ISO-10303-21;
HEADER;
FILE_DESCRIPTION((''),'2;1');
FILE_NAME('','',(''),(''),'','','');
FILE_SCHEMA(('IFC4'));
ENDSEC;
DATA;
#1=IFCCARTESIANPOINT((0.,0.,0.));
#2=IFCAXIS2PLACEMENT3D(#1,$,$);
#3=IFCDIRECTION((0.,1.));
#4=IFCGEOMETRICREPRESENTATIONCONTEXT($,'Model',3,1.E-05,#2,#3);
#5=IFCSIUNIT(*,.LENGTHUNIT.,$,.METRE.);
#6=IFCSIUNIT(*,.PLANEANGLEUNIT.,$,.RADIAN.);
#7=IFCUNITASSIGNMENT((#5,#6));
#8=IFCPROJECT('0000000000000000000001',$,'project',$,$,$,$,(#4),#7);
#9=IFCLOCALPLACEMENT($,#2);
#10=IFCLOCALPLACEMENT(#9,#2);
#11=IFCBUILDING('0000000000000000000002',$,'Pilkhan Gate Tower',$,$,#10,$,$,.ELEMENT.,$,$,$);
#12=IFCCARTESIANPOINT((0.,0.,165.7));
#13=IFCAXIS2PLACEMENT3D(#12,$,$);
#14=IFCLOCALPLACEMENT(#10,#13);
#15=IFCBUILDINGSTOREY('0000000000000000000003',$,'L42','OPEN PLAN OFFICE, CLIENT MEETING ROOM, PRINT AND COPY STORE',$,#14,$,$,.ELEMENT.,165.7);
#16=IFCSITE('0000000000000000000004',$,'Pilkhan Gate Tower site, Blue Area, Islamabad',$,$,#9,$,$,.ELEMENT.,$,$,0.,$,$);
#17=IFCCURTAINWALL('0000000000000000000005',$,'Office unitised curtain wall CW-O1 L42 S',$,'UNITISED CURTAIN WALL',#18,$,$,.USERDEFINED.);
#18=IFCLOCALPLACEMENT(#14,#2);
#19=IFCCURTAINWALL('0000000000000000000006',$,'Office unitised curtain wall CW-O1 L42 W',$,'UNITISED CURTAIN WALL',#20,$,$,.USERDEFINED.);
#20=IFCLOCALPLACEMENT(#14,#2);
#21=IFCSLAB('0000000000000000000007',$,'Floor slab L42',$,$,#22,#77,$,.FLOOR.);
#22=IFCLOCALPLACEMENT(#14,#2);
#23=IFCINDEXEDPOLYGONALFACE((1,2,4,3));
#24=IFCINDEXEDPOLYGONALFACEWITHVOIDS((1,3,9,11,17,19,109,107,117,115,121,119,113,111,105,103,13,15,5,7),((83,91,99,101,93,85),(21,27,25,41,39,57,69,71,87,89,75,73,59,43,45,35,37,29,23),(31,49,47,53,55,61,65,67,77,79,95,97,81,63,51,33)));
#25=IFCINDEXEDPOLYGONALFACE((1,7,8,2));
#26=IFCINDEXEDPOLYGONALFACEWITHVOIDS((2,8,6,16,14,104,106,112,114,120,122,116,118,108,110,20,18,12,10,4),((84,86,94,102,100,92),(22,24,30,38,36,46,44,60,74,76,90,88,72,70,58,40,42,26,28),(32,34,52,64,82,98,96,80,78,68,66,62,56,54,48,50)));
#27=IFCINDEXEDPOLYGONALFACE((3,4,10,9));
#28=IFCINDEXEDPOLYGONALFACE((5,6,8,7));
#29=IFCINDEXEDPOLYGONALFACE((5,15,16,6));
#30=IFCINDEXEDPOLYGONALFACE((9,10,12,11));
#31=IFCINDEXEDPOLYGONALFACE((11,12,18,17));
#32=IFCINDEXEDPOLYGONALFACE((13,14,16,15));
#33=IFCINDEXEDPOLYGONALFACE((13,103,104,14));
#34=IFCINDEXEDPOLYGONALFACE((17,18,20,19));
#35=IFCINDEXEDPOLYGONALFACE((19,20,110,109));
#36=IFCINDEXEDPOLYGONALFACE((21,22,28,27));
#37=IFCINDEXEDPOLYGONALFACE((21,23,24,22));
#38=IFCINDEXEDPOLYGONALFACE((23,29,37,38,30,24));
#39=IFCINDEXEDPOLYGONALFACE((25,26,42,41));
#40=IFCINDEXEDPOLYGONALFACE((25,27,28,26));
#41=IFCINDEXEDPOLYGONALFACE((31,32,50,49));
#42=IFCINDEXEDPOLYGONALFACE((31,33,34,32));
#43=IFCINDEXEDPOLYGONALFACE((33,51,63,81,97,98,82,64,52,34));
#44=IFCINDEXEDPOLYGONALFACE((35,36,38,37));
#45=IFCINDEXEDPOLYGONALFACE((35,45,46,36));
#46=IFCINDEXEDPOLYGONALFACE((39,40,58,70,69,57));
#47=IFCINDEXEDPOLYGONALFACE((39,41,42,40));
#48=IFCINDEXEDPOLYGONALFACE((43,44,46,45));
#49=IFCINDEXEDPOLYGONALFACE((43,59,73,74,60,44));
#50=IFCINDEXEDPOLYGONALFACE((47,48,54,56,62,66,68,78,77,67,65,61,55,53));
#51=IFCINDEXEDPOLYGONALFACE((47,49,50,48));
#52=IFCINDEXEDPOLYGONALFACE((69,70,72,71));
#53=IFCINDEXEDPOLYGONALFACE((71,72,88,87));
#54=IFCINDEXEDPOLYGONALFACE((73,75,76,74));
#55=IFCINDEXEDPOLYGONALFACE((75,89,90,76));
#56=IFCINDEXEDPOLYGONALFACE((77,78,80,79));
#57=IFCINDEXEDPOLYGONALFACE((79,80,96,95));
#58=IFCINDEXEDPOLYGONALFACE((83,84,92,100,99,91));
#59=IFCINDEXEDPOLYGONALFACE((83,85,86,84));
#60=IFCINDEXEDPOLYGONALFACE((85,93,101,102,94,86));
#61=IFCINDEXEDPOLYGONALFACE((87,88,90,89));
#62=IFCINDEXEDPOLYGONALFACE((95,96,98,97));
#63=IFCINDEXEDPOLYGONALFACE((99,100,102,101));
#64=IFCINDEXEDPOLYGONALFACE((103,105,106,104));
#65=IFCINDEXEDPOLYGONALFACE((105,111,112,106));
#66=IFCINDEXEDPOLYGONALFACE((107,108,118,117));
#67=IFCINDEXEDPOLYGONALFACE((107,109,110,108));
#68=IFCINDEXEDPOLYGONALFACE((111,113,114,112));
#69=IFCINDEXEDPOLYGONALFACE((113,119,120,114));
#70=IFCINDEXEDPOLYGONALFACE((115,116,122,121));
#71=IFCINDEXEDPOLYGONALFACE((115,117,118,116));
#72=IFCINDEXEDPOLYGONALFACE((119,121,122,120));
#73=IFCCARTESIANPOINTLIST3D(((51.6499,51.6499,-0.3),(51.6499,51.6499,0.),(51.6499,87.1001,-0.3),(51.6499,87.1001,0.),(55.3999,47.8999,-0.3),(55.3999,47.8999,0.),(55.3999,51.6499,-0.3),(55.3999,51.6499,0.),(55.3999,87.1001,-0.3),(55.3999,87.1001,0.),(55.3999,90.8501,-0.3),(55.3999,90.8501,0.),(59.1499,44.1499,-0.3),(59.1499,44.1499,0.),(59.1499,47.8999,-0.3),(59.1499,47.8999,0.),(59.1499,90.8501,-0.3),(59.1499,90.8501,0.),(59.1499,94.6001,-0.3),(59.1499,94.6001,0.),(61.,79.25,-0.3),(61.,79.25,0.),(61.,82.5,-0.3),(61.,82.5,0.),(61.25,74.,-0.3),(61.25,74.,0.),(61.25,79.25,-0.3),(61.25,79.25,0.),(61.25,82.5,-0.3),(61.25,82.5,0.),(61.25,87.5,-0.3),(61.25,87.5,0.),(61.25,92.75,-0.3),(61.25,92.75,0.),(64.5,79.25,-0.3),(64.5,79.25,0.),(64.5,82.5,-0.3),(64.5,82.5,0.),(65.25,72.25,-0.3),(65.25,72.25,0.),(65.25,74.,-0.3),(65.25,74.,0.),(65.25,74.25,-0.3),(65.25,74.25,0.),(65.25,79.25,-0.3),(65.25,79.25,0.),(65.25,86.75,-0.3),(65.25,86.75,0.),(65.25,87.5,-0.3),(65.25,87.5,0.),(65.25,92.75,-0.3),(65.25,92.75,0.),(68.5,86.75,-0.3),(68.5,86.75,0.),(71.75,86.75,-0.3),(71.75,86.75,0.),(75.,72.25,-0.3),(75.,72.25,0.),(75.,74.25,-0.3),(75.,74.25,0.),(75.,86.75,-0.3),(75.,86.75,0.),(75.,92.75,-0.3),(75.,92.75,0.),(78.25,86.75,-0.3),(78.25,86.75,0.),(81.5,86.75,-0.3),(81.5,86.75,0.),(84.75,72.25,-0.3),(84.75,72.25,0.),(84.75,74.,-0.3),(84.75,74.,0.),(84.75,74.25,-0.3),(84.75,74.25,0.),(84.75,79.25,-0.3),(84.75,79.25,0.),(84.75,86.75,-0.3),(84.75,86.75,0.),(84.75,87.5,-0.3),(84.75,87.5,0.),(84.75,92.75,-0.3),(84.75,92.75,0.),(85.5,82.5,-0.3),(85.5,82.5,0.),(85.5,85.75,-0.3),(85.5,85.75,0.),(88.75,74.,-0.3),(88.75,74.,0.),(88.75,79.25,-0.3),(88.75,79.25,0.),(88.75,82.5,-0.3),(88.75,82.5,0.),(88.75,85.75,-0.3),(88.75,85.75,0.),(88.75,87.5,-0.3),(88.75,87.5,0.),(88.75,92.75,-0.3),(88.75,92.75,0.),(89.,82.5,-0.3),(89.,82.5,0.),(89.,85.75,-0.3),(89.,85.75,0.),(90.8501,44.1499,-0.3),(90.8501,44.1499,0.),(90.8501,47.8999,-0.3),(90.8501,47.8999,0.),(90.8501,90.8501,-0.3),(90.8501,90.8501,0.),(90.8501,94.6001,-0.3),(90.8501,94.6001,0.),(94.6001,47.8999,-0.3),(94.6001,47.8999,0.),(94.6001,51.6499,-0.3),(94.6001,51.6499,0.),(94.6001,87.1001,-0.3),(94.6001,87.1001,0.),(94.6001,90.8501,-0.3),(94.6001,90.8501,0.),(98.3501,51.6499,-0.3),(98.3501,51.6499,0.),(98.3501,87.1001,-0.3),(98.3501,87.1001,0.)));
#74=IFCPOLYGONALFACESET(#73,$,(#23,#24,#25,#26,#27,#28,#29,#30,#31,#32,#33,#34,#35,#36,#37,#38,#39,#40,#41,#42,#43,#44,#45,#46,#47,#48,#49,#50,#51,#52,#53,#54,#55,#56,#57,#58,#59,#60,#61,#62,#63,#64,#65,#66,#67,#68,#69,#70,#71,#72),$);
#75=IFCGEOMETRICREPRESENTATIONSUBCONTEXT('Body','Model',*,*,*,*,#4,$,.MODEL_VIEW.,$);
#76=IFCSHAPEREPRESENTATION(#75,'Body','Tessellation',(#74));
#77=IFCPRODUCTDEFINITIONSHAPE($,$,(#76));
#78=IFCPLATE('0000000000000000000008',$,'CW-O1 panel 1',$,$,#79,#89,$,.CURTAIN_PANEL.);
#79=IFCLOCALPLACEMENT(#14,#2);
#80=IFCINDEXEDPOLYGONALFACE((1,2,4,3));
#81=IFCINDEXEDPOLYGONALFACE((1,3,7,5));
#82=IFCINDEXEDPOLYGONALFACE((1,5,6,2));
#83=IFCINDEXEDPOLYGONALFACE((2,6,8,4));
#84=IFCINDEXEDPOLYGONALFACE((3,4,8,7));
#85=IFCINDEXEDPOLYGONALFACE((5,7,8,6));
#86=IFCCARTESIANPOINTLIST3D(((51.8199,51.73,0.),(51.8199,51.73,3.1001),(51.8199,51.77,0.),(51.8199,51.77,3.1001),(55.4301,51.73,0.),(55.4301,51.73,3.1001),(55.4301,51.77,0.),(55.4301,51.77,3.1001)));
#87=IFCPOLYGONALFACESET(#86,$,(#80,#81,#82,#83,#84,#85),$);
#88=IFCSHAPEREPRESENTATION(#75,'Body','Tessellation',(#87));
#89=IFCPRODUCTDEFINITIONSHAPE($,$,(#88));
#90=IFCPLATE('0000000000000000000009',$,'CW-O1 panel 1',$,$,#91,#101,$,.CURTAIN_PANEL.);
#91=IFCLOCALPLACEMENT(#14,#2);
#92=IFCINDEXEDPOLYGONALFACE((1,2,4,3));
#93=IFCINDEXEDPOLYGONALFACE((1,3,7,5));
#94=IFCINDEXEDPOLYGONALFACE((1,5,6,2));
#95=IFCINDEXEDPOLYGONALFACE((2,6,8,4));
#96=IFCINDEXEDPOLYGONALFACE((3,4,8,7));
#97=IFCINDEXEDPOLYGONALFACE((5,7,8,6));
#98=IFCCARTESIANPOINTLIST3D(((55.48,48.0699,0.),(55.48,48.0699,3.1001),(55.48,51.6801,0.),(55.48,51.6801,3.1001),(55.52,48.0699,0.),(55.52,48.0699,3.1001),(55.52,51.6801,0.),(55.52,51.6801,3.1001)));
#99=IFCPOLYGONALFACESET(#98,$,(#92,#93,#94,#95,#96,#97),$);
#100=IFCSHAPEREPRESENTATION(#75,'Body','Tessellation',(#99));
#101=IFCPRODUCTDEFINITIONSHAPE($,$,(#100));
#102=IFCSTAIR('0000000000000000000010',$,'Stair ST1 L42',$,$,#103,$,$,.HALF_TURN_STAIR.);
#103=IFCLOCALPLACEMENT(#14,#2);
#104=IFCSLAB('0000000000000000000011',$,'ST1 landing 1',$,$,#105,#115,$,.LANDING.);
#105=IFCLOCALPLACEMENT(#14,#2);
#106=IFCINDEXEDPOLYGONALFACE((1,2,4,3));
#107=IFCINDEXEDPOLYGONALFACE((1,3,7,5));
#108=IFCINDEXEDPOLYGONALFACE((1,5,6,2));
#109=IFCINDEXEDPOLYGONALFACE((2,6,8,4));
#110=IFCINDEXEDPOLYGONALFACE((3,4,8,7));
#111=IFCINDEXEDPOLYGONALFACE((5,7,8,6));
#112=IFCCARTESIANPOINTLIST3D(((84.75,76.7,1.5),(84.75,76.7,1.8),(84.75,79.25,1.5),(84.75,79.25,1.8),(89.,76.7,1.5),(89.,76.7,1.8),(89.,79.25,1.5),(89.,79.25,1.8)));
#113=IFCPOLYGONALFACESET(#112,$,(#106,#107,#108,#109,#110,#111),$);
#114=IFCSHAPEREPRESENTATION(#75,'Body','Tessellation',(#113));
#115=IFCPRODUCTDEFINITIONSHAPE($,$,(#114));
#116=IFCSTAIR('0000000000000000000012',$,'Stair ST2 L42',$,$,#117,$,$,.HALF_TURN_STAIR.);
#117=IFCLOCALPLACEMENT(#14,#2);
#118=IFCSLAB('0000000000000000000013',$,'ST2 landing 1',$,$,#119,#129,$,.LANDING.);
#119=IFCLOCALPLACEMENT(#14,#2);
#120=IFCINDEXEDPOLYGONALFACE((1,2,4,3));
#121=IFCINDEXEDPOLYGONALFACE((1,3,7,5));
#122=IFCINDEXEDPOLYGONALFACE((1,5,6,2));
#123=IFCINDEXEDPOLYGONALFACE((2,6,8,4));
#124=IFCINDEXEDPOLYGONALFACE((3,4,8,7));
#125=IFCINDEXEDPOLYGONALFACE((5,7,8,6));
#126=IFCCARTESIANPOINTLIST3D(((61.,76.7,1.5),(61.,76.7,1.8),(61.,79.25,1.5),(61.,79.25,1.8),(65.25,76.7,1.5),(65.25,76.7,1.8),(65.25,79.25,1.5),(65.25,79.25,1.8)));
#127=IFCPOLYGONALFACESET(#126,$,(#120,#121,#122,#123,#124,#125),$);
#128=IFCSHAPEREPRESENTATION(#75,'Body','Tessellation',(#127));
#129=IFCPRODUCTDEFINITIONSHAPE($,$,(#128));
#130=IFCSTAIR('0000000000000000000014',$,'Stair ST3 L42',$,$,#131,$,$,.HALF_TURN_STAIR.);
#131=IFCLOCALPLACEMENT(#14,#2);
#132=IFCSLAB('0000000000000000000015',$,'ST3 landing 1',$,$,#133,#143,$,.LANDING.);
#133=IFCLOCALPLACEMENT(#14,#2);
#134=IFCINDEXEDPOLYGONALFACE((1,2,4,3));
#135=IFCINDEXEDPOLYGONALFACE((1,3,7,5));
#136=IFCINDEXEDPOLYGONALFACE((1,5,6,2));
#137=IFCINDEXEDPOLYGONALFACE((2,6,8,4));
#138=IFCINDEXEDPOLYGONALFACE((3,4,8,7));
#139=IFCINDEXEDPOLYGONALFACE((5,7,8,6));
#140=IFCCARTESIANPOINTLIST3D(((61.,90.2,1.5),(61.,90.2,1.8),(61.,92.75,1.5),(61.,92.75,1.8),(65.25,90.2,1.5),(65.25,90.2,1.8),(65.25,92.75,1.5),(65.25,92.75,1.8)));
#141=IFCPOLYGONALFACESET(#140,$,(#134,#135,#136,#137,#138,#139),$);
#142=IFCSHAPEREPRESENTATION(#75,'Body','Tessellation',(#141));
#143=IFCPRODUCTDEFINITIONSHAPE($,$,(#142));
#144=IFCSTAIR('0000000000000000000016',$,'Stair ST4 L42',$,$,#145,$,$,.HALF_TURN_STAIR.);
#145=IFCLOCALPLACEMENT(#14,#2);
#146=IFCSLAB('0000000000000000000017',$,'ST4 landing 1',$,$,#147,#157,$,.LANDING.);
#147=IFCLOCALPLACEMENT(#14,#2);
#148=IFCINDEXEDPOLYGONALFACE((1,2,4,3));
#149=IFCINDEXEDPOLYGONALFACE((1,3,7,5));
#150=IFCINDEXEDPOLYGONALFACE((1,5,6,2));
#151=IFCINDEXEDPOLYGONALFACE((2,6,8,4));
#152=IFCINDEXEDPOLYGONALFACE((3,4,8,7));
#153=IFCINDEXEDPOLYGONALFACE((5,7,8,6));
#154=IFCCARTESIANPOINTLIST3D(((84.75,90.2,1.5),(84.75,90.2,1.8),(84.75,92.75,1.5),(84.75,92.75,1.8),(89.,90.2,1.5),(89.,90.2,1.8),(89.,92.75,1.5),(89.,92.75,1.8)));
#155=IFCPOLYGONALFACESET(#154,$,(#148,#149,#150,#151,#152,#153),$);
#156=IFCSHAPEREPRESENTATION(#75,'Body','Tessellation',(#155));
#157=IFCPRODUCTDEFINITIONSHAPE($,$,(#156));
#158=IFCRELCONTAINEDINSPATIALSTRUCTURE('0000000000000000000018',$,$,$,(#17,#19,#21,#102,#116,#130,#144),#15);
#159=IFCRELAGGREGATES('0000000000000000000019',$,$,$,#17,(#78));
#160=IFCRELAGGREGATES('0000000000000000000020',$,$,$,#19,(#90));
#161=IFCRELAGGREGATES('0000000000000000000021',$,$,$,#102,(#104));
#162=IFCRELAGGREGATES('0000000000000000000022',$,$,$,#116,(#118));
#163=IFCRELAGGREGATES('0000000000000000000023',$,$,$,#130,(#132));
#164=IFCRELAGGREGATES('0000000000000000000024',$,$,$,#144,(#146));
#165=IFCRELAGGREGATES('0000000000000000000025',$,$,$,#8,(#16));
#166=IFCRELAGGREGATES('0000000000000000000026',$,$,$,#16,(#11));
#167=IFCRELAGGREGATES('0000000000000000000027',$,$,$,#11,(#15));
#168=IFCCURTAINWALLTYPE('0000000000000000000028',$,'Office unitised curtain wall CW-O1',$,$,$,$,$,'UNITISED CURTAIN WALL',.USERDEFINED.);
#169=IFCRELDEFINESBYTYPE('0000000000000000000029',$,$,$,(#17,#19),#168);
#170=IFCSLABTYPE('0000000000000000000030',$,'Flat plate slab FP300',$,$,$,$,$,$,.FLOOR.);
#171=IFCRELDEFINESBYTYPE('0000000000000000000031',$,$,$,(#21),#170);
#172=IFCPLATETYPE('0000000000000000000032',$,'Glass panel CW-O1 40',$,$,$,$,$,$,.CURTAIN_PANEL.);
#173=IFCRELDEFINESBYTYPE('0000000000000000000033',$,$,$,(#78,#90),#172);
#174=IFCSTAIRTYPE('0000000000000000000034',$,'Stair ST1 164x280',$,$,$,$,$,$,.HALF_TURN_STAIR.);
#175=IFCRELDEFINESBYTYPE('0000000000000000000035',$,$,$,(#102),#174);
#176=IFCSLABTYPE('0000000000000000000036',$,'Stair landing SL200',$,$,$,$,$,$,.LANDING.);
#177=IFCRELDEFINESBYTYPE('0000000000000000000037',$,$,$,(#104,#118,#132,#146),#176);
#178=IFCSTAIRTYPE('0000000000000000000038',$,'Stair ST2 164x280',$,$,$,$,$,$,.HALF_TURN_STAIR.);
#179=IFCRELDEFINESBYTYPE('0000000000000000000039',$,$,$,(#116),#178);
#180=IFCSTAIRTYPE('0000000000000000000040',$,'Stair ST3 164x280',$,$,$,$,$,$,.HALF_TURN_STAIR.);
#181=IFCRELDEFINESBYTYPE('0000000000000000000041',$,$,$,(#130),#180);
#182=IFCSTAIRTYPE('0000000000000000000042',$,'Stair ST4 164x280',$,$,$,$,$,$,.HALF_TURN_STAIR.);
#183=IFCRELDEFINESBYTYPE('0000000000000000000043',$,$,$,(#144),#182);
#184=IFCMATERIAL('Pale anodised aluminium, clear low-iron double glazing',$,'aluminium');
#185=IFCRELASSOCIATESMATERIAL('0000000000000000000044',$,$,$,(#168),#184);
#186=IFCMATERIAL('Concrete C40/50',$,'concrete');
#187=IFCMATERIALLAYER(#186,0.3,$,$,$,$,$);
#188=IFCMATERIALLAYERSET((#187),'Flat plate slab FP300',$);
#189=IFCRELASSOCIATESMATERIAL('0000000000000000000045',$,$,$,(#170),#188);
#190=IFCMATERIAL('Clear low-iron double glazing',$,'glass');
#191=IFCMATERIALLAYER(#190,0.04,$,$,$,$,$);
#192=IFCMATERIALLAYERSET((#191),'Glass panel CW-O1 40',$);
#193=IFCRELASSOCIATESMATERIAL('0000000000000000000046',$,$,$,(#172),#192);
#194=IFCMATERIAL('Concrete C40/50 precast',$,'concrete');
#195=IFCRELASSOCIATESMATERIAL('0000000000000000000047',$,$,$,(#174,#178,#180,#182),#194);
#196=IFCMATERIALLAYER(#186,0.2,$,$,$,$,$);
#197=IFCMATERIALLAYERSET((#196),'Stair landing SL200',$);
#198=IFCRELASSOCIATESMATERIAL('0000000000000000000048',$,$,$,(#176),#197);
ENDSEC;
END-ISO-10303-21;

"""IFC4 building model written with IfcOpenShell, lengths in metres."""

from ifc_helpers import new_model, si_unit, direction, frame, origin, origin_2d, place, context, subcontext, project, spatial, polyline, rectangle, outline, extrude, material, layer, layer_set, type_object, element, aggregate, save


model = new_model("IFC4")

# Units and contexts
model_context = context("Model", 3, precision=1e-05, world=origin(), true_north=direction((0.0, 1.0)))
body_context = subcontext(model_context, "Body", "Model", "MODEL_VIEW")
ifc_project = project(units=[si_unit("LENGTHUNIT", "METRE"), si_unit("PLANEANGLEUNIT", "RADIAN")], contexts=[model_context])

# Site, building, storey
site_placement = place(None, origin())
site = spatial("IfcSite", under=ifc_project, at=site_placement, Name="Pilkhan Gate Tower site, Blue Area, Islamabad", CompositionType="ELEMENT", RefElevation=0.0)
building_placement = place(site_placement, origin())
building = spatial("IfcBuilding", under=site, at=building_placement, Name="Pilkhan Gate Tower", CompositionType="ELEMENT")
storey_placement = place(building_placement, frame((0.0, 0.0, 165.7)))
storey = spatial("IfcBuildingStorey", under=building, at=storey_placement, Name="L42", Description="OPEN PLAN OFFICE, CLIENT MEETING ROOM, PRINT AND COPY STORE", CompositionType="ELEMENT", Elevation=165.7)

# Shared definitions
ifc_material_1 = material(Name="Pale anodised aluminium, clear low-iron double glazing", Category="aluminium")
curtain_wall_type = type_object("IfcCurtainWallType", Name="Office unitised curtain wall CW-O1", ElementType="UNITISED CURTAIN WALL", PredefinedType="USERDEFINED", material=ifc_material_1)

# Curtain walls
curtain_wall_1_placement = place(storey_placement, origin())
curtain_wall_1 = element("IfcCurtainWall", 1, at=curtain_wall_1_placement, inside=storey, type_object=curtain_wall_type, Name="Office unitised curtain wall CW-O1 L42 S", ObjectType="UNITISED CURTAIN WALL", PredefinedType="USERDEFINED")
curtain_wall_2_placement = place(storey_placement, origin())
curtain_wall_2 = element("IfcCurtainWall", 2, at=curtain_wall_2_placement, inside=storey, type_object=curtain_wall_type, Name="Office unitised curtain wall CW-O1 L42 W", ObjectType="UNITISED CURTAIN WALL", PredefinedType="USERDEFINED")

# Slab
ifc_material_2 = material(Name="Concrete C40/50", Category="concrete")
ifc_layer_1 = layer(ifc_material_2, 0.3)
ifc_layer_set_1 = layer_set([ifc_layer_1], Name="Flat plate slab FP300")
slab_type_1 = type_object("IfcSlabType", Name="Flat plate slab FP300", PredefinedType="FLOOR", material=ifc_layer_set_1)
slab_1_placement = place(storey_placement, frame((0.0, 0.0, -0.3)))
element("IfcSlab", 3, at=slab_1_placement, inside=storey, type_object=slab_type_1, Name="Floor slab L42", PredefinedType="FLOOR", context=body_context, shape_type="SweptSolid", body=[
    extrude(outline(polyline([(94.6001, 47.8999), (90.8501, 47.8999), (90.8501, 44.1499), (59.1499, 44.1499), (59.1499, 47.8999), (55.3999, 47.8999), (55.3999, 51.6499), (51.6499, 51.6499), (51.6499, 87.1001), (55.3999, 87.1001), (55.3999, 90.8501), (59.1499, 90.8501), (59.1499, 94.6001), (90.8501, 94.6001), (90.8501, 90.8501), (94.6001, 90.8501), (94.6001, 87.1001), (98.3501, 87.1001), (98.3501, 51.6499), (94.6001, 51.6499), (94.6001, 47.8999)]), holes=[polyline([(75.0, 72.25), (84.75, 72.25), (84.75, 74.0), (88.75, 74.0), (88.75, 79.25), (84.75, 79.25), (84.75, 74.25), (75.0, 74.25), (65.25, 74.25), (65.25, 79.25), (64.5, 79.25), (64.5, 82.5), (61.25, 82.5), (61.0, 82.5), (61.0, 79.25), (61.25, 79.25), (61.25, 74.0), (65.25, 74.0), (65.25, 72.25), (75.0, 72.25)]), polyline([(68.5, 86.75), (71.75, 86.75), (75.0, 86.75), (78.25, 86.75), (81.5, 86.75), (84.75, 86.75), (84.75, 87.5), (88.75, 87.5), (88.75, 92.75), (84.75, 92.75), (75.0, 92.75), (65.25, 92.75), (61.25, 92.75), (61.25, 87.5), (65.25, 87.5), (65.25, 86.75), (68.5, 86.75)]), polyline([(85.5, 85.75), (85.5, 82.5), (88.75, 82.5), (89.0, 82.5), (89.0, 85.75), (88.75, 85.75), (85.5, 85.75)])]), origin(), (0.0, 0.0, 1.0), 0.3),
])

# Plates
ifc_material_3 = material(Name="Clear low-iron double glazing", Category="glass")
ifc_layer_2 = layer(ifc_material_3, 0.04)
ifc_layer_set_2 = layer_set([ifc_layer_2], Name="Glass panel CW-O1 40")
plate_type = type_object("IfcPlateType", Name="Glass panel CW-O1 40", PredefinedType="CURTAIN_PANEL", material=ifc_layer_set_2)
plate_1_placement = place(storey_placement, frame((53.625, 51.75, 0.0), z_axis=(0.0, 0.0, 1.0), x_axis=(1.0, 0.0, 0.0)))
plate_1 = element("IfcPlate", 4, at=plate_1_placement, type_object=plate_type, Name="CW-O1 panel 1", PredefinedType="CURTAIN_PANEL", context=body_context, shape_type="SweptSolid", body=[
    extrude(rectangle(XDim=3.6101, YDim=0.04, at=origin_2d()), origin(), (0.0, 0.0, 1.0), 3.1001),
])
aggregate(curtain_wall_1, [plate_1])
plate_2_placement = place(storey_placement, frame((55.5, 49.875, 0.0), z_axis=(0.0, 0.0, 1.0), x_axis=(0.0, 1.0, 0.0)))
plate_2 = element("IfcPlate", 5, at=plate_2_placement, type_object=plate_type, Name="CW-O1 panel 1", PredefinedType="CURTAIN_PANEL", context=body_context, shape_type="SweptSolid", body=[
    extrude(rectangle(XDim=3.6101, YDim=0.04, at=origin_2d()), origin(), (0.0, 0.0, 1.0), 3.1001),
])
aggregate(curtain_wall_2, [plate_2])

# Stairs, slabs
ifc_material_4 = material(Name="Concrete C40/50 precast", Category="concrete")
stair_type_1 = type_object("IfcStairType", Name="Stair ST1 164x280", PredefinedType="HALF_TURN_STAIR", material=ifc_material_4)
stair_1_placement = place(storey_placement, origin())
stair_1 = element("IfcStair", 6, at=stair_1_placement, inside=storey, type_object=stair_type_1, Name="Stair ST1 L42", PredefinedType="HALF_TURN_STAIR")
ifc_layer_3 = layer(ifc_material_2, 0.2)
ifc_layer_set_3 = layer_set([ifc_layer_3], Name="Stair landing SL200")
slab_type_2 = type_object("IfcSlabType", Name="Stair landing SL200", PredefinedType="LANDING", material=ifc_layer_set_3)
slab_2_placement = place(storey_placement, frame((0.0, 0.0, 1.5)))
slab_2 = element("IfcSlab", 7, at=slab_2_placement, type_object=slab_type_2, Name="ST1 landing 1", PredefinedType="LANDING", context=body_context, shape_type="SweptSolid", body=[
    extrude(outline(polyline([(89.0, 76.7), (89.0, 79.25), (84.75, 79.25), (84.75, 76.7), (89.0, 76.7)])), origin(), (0.0, 0.0, 1.0), 0.3),
])
aggregate(stair_1, [slab_2])
stair_type_2 = type_object("IfcStairType", Name="Stair ST2 164x280", PredefinedType="HALF_TURN_STAIR", material=ifc_material_4)
stair_2_placement = place(storey_placement, origin())
stair_2 = element("IfcStair", 8, at=stair_2_placement, inside=storey, type_object=stair_type_2, Name="Stair ST2 L42", PredefinedType="HALF_TURN_STAIR")
slab_3_placement = place(storey_placement, frame((0.0, 0.0, 1.5)))
slab_3 = element("IfcSlab", 9, at=slab_3_placement, type_object=slab_type_2, Name="ST2 landing 1", PredefinedType="LANDING", context=body_context, shape_type="SweptSolid", body=[
    extrude(outline(polyline([(65.25, 76.7), (65.25, 79.25), (61.0, 79.25), (61.0, 76.7), (65.25, 76.7)])), origin(), (0.0, 0.0, 1.0), 0.3),
])
aggregate(stair_2, [slab_3])
stair_type_3 = type_object("IfcStairType", Name="Stair ST3 164x280", PredefinedType="HALF_TURN_STAIR", material=ifc_material_4)
stair_3_placement = place(storey_placement, origin())
stair_3 = element("IfcStair", 10, at=stair_3_placement, inside=storey, type_object=stair_type_3, Name="Stair ST3 L42", PredefinedType="HALF_TURN_STAIR")
slab_4_placement = place(storey_placement, frame((0.0, 0.0, 1.5)))
slab_4 = element("IfcSlab", 11, at=slab_4_placement, type_object=slab_type_2, Name="ST3 landing 1", PredefinedType="LANDING", context=body_context, shape_type="SweptSolid", body=[
    extrude(outline(polyline([(65.25, 90.2), (65.25, 92.75), (61.0, 92.75), (61.0, 90.2), (65.25, 90.2)])), origin(), (0.0, 0.0, 1.0), 0.3),
])
aggregate(stair_3, [slab_4])
stair_type_4 = type_object("IfcStairType", Name="Stair ST4 164x280", PredefinedType="HALF_TURN_STAIR", material=ifc_material_4)
stair_4_placement = place(storey_placement, origin())
stair_4 = element("IfcStair", 12, at=stair_4_placement, inside=storey, type_object=stair_type_4, Name="Stair ST4 L42", PredefinedType="HALF_TURN_STAIR")
slab_5_placement = place(storey_placement, frame((0.0, 0.0, 1.5)))
slab_5 = element("IfcSlab", 13, at=slab_5_placement, type_object=slab_type_2, Name="ST4 landing 1", PredefinedType="LANDING", context=body_context, shape_type="SweptSolid", body=[
    extrude(outline(polyline([(89.0, 90.2), (89.0, 92.75), (84.75, 92.75), (84.75, 90.2), (89.0, 90.2)])), origin(), (0.0, 0.0, 1.0), 0.3),
])
aggregate(stair_4, [slab_5])

save(model, "model.ifc")
